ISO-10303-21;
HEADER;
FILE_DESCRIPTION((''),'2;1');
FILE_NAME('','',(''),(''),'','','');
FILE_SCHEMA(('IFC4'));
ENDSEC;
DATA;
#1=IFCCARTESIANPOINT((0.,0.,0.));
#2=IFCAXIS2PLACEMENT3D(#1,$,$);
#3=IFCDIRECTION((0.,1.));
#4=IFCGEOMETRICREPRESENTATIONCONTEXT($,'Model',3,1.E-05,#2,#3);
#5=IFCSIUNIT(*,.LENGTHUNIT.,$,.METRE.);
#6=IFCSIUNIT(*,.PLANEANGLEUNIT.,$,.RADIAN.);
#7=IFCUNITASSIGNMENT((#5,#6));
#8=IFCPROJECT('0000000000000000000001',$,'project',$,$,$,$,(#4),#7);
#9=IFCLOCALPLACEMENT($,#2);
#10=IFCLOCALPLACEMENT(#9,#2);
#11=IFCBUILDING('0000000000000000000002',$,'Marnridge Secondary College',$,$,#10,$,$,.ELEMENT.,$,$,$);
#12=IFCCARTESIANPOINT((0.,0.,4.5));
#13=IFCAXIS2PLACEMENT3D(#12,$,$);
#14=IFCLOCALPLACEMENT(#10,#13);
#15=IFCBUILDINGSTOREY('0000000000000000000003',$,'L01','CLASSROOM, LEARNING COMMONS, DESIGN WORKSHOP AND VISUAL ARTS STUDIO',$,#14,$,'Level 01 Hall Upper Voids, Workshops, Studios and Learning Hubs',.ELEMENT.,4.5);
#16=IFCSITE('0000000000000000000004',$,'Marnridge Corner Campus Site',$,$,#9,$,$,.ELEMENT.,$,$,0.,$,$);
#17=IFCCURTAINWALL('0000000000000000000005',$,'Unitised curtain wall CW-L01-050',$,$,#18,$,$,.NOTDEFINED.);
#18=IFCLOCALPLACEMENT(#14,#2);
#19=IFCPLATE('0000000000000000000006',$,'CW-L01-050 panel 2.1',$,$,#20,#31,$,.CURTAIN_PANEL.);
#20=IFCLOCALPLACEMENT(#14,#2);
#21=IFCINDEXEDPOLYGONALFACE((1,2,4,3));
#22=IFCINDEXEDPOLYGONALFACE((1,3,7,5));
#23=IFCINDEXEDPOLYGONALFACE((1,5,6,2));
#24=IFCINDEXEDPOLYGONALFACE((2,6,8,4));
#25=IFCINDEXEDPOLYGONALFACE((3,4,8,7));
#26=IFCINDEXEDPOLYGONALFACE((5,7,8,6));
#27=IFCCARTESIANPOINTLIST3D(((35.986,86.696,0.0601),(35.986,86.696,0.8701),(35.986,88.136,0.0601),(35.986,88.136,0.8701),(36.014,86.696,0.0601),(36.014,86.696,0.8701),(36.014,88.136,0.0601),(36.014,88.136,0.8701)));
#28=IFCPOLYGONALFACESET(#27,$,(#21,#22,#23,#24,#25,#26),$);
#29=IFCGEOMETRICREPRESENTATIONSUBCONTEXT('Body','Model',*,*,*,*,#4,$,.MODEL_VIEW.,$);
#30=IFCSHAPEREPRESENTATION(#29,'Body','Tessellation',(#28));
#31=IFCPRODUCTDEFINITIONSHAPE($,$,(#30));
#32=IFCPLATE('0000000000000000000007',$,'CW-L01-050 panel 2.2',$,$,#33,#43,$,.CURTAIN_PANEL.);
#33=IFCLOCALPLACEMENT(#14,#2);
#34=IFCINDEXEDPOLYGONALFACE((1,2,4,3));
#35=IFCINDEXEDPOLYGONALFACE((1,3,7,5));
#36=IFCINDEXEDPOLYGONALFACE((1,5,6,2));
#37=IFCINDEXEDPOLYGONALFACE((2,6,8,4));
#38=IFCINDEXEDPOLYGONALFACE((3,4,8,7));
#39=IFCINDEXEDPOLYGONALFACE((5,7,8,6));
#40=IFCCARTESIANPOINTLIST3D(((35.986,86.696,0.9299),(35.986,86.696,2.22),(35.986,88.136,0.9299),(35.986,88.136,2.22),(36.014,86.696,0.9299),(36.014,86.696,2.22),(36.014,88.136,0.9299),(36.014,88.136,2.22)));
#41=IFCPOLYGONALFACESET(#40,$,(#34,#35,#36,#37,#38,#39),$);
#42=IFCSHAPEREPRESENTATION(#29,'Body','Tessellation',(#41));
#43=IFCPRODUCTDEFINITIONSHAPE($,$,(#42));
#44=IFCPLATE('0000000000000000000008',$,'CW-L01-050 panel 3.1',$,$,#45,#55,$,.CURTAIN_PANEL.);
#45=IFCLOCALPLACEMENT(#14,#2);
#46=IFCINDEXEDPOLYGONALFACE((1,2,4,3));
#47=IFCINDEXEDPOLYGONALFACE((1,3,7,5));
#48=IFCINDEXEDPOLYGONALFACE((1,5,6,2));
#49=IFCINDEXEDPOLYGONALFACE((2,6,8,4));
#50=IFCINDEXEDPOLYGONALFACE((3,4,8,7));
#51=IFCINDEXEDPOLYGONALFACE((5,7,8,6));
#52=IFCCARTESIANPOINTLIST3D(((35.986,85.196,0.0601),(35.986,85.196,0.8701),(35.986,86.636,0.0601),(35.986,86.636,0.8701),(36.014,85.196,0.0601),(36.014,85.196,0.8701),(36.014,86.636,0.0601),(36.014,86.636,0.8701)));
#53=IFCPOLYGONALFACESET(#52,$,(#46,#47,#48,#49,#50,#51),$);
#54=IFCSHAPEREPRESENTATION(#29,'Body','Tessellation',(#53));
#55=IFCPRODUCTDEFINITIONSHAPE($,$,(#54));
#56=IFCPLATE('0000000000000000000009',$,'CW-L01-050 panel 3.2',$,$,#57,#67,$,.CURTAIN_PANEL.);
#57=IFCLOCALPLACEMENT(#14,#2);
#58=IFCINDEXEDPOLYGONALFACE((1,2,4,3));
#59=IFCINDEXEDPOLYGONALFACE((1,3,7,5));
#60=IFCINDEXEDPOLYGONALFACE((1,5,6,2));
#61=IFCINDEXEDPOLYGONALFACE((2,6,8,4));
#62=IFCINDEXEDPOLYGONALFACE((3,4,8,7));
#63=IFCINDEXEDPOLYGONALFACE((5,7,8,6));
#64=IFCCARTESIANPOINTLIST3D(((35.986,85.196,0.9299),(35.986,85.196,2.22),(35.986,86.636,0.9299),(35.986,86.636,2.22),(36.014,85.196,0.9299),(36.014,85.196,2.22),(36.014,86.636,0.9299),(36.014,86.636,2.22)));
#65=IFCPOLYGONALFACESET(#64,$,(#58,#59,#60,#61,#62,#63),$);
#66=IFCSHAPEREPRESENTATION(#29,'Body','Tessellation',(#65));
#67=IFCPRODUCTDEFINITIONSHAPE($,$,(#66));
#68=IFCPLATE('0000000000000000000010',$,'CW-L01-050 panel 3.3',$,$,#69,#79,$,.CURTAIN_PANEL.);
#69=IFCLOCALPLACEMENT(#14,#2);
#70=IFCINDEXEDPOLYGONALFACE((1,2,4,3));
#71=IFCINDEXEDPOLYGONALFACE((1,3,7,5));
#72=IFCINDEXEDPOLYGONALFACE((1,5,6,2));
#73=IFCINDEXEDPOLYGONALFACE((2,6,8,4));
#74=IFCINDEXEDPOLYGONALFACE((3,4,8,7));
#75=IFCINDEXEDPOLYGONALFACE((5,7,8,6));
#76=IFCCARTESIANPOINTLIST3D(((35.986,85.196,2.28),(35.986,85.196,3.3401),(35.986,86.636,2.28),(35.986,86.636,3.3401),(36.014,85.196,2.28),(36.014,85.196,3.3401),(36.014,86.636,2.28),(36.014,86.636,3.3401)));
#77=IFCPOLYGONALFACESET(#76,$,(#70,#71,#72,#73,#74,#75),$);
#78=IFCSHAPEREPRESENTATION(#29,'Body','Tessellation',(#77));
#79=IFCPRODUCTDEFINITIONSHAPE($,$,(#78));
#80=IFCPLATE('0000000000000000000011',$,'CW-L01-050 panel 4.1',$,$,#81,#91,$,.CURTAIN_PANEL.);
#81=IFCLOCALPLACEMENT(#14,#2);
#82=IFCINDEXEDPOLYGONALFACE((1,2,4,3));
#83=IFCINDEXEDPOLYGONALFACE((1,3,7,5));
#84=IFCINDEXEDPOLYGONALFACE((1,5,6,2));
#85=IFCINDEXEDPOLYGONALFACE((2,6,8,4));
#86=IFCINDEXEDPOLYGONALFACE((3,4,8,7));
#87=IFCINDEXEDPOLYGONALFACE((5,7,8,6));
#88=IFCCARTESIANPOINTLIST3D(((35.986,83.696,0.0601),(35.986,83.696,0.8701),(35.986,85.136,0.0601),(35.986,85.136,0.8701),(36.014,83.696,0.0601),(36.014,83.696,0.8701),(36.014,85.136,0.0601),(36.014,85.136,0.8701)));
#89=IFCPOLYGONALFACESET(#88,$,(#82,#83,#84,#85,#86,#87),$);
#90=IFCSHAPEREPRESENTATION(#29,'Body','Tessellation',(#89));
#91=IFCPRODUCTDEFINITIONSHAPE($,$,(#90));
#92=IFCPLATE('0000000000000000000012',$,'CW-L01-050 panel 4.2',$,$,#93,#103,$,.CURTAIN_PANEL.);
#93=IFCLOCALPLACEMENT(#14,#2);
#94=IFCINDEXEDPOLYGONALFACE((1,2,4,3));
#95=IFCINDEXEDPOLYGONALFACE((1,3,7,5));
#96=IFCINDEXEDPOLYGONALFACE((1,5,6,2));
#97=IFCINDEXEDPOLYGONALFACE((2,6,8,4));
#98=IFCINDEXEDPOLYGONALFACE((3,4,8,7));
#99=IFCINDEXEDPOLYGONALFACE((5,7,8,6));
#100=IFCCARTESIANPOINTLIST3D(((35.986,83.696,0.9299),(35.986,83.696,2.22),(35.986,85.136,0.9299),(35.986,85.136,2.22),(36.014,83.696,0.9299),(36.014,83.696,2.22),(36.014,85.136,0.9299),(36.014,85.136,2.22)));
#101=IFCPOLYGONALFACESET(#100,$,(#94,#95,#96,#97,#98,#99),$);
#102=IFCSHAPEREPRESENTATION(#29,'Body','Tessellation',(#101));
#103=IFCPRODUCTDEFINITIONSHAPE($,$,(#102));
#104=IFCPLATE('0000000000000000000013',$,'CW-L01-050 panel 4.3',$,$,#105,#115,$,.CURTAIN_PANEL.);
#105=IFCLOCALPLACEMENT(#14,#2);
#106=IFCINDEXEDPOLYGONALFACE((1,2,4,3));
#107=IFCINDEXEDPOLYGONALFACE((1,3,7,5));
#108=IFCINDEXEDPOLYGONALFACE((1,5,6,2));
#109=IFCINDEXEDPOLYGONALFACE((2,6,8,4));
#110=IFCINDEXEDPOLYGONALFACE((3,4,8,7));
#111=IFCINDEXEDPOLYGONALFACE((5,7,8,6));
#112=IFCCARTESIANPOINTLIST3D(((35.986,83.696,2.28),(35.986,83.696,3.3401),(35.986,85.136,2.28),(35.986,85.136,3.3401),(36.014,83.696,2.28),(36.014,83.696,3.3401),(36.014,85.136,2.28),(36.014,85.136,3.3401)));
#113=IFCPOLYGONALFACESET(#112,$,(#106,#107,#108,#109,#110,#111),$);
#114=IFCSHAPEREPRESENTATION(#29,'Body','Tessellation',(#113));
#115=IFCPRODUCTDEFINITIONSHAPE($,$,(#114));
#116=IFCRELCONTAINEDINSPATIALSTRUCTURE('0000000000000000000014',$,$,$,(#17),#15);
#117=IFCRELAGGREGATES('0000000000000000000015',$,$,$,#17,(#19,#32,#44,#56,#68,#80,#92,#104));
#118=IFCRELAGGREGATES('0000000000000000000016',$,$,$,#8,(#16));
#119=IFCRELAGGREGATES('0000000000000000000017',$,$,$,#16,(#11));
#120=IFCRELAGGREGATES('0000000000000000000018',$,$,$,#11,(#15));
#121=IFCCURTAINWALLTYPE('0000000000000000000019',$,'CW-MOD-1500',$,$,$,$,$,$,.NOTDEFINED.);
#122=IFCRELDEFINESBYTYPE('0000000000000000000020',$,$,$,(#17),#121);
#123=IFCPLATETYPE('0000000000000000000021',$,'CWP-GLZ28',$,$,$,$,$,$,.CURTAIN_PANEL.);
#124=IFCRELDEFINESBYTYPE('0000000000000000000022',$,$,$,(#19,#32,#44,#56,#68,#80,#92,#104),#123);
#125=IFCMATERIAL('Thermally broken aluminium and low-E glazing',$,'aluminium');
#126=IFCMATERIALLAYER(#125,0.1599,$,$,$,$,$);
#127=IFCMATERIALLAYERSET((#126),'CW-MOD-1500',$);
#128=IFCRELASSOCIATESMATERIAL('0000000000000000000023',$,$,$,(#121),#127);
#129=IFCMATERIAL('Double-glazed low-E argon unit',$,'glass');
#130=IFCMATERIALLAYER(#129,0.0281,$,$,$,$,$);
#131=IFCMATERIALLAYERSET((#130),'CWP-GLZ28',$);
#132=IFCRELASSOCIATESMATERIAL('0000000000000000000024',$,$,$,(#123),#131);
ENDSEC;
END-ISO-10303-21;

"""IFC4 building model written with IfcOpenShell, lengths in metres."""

from ifc_helpers import new_model, si_unit, direction, frame, origin, origin_2d, place, context, subcontext, project, spatial, rectangle, extrude, material, layer, layer_set, type_object, element, aggregate, save


model = new_model("IFC4")

# Units and contexts
model_context = context("Model", 3, precision=1e-05, world=origin(), true_north=direction((0.0, 1.0)))
body_context = subcontext(model_context, "Body", "Model", "MODEL_VIEW")
ifc_project = project(units=[si_unit("LENGTHUNIT", "METRE"), si_unit("PLANEANGLEUNIT", "RADIAN")], contexts=[model_context])

# Site, building, storey
site_placement = place(None, origin())
site = spatial("IfcSite", under=ifc_project, at=site_placement, Name="Marnridge Corner Campus Site", CompositionType="ELEMENT", RefElevation=0.0)
building_placement = place(site_placement, origin())
building = spatial("IfcBuilding", under=site, at=building_placement, Name="Marnridge Secondary College", CompositionType="ELEMENT")
storey_placement = place(building_placement, frame((0.0, 0.0, 4.5)))
storey = spatial("IfcBuildingStorey", under=building, at=storey_placement, Name="L01", Description="CLASSROOM, LEARNING COMMONS, DESIGN WORKSHOP AND VISUAL ARTS STUDIO", LongName="Level 01 Hall Upper Voids, Workshops, Studios and Learning Hubs", CompositionType="ELEMENT", Elevation=4.5)

# Curtain wall, plates
ifc_material_1 = material(Name="Thermally broken aluminium and low-E glazing", Category="aluminium")
ifc_layer_1 = layer(ifc_material_1, 0.1599)
ifc_layer_set_1 = layer_set([ifc_layer_1], Name="CW-MOD-1500")
curtain_wall_type = type_object("IfcCurtainWallType", Name="CW-MOD-1500", PredefinedType="NOTDEFINED", material=ifc_layer_set_1)
curtain_wall_placement = place(storey_placement, origin())
curtain_wall = element("IfcCurtainWall", 1, at=curtain_wall_placement, inside=storey, type_object=curtain_wall_type, Name="Unitised curtain wall CW-L01-050", PredefinedType="NOTDEFINED")
ifc_material_2 = material(Name="Double-glazed low-E argon unit", Category="glass")
ifc_layer_2 = layer(ifc_material_2, 0.0281)
ifc_layer_set_2 = layer_set([ifc_layer_2], Name="CWP-GLZ28")
plate_type = type_object("IfcPlateType", Name="CWP-GLZ28", PredefinedType="CURTAIN_PANEL", material=ifc_layer_set_2)
plate_1_placement = place(storey_placement, frame((36.0, 87.416, 0.0601), z_axis=(0.0, 0.0, 1.0), x_axis=(0.0, -1.0, 0.0)))
plate_1 = element("IfcPlate", 2, at=plate_1_placement, type_object=plate_type, Name="CW-L01-050 panel 2.1", PredefinedType="CURTAIN_PANEL", context=body_context, shape_type="SweptSolid", body=[
    extrude(rectangle(XDim=1.4399, YDim=0.0281, at=origin_2d()), origin(), (0.0, 0.0, 1.0), 0.8101),
])
plate_2_placement = place(storey_placement, frame((36.0, 87.416, 0.9299), z_axis=(0.0, 0.0, 1.0), x_axis=(0.0, -1.0, 0.0)))
plate_2 = element("IfcPlate", 3, at=plate_2_placement, type_object=plate_type, Name="CW-L01-050 panel 2.2", PredefinedType="CURTAIN_PANEL", context=body_context, shape_type="SweptSolid", body=[
    extrude(rectangle(XDim=1.4399, YDim=0.0281, at=origin_2d()), origin(), (0.0, 0.0, 1.0), 1.29),
])
plate_3_placement = place(storey_placement, frame((36.0, 85.916, 0.0601), z_axis=(0.0, 0.0, 1.0), x_axis=(0.0, -1.0, 0.0)))
plate_3 = element("IfcPlate", 4, at=plate_3_placement, type_object=plate_type, Name="CW-L01-050 panel 3.1", PredefinedType="CURTAIN_PANEL", context=body_context, shape_type="SweptSolid", body=[
    extrude(rectangle(XDim=1.4399, YDim=0.0281, at=origin_2d()), origin(), (0.0, 0.0, 1.0), 0.8101),
])
plate_4_placement = place(storey_placement, frame((36.0, 85.916, 0.9299), z_axis=(0.0, 0.0, 1.0), x_axis=(0.0, -1.0, 0.0)))
plate_4 = element("IfcPlate", 5, at=plate_4_placement, type_object=plate_type, Name="CW-L01-050 panel 3.2", PredefinedType="CURTAIN_PANEL", context=body_context, shape_type="SweptSolid", body=[
    extrude(rectangle(XDim=1.4399, YDim=0.0281, at=origin_2d()), origin(), (0.0, 0.0, 1.0), 1.29),
])
plate_5_placement = place(storey_placement, frame((36.0, 85.916, 2.28), z_axis=(0.0, 0.0, 1.0), x_axis=(0.0, -1.0, 0.0)))
plate_5 = element("IfcPlate", 6, at=plate_5_placement, type_object=plate_type, Name="CW-L01-050 panel 3.3", PredefinedType="CURTAIN_PANEL", context=body_context, shape_type="SweptSolid", body=[
    extrude(rectangle(XDim=1.4399, YDim=0.0281, at=origin_2d()), origin(), (0.0, 0.0, 1.0), 1.0601),
])
plate_6_placement = place(storey_placement, frame((36.0, 84.416, 0.0601), z_axis=(0.0, 0.0, 1.0), x_axis=(0.0, -1.0, 0.0)))
plate_6 = element("IfcPlate", 7, at=plate_6_placement, type_object=plate_type, Name="CW-L01-050 panel 4.1", PredefinedType="CURTAIN_PANEL", context=body_context, shape_type="SweptSolid", body=[
    extrude(rectangle(XDim=1.4399, YDim=0.0281, at=origin_2d()), origin(), (0.0, 0.0, 1.0), 0.8101),
])
plate_7_placement = place(storey_placement, frame((36.0, 84.416, 0.9299), z_axis=(0.0, 0.0, 1.0), x_axis=(0.0, -1.0, 0.0)))
plate_7 = element("IfcPlate", 8, at=plate_7_placement, type_object=plate_type, Name="CW-L01-050 panel 4.2", PredefinedType="CURTAIN_PANEL", context=body_context, shape_type="SweptSolid", body=[
    extrude(rectangle(XDim=1.4399, YDim=0.0281, at=origin_2d()), origin(), (0.0, 0.0, 1.0), 1.29),
])
plate_8_placement = place(storey_placement, frame((36.0, 84.416, 2.28), z_axis=(0.0, 0.0, 1.0), x_axis=(0.0, -1.0, 0.0)))
plate_8 = element("IfcPlate", 9, at=plate_8_placement, type_object=plate_type, Name="CW-L01-050 panel 4.3", PredefinedType="CURTAIN_PANEL", context=body_context, shape_type="SweptSolid", body=[
    extrude(rectangle(XDim=1.4399, YDim=0.0281, at=origin_2d()), origin(), (0.0, 0.0, 1.0), 1.0601),
])
aggregate(curtain_wall, [plate_1, plate_2, plate_3, plate_4, plate_5, plate_6, plate_7, plate_8])

save(model, "model.ifc")
